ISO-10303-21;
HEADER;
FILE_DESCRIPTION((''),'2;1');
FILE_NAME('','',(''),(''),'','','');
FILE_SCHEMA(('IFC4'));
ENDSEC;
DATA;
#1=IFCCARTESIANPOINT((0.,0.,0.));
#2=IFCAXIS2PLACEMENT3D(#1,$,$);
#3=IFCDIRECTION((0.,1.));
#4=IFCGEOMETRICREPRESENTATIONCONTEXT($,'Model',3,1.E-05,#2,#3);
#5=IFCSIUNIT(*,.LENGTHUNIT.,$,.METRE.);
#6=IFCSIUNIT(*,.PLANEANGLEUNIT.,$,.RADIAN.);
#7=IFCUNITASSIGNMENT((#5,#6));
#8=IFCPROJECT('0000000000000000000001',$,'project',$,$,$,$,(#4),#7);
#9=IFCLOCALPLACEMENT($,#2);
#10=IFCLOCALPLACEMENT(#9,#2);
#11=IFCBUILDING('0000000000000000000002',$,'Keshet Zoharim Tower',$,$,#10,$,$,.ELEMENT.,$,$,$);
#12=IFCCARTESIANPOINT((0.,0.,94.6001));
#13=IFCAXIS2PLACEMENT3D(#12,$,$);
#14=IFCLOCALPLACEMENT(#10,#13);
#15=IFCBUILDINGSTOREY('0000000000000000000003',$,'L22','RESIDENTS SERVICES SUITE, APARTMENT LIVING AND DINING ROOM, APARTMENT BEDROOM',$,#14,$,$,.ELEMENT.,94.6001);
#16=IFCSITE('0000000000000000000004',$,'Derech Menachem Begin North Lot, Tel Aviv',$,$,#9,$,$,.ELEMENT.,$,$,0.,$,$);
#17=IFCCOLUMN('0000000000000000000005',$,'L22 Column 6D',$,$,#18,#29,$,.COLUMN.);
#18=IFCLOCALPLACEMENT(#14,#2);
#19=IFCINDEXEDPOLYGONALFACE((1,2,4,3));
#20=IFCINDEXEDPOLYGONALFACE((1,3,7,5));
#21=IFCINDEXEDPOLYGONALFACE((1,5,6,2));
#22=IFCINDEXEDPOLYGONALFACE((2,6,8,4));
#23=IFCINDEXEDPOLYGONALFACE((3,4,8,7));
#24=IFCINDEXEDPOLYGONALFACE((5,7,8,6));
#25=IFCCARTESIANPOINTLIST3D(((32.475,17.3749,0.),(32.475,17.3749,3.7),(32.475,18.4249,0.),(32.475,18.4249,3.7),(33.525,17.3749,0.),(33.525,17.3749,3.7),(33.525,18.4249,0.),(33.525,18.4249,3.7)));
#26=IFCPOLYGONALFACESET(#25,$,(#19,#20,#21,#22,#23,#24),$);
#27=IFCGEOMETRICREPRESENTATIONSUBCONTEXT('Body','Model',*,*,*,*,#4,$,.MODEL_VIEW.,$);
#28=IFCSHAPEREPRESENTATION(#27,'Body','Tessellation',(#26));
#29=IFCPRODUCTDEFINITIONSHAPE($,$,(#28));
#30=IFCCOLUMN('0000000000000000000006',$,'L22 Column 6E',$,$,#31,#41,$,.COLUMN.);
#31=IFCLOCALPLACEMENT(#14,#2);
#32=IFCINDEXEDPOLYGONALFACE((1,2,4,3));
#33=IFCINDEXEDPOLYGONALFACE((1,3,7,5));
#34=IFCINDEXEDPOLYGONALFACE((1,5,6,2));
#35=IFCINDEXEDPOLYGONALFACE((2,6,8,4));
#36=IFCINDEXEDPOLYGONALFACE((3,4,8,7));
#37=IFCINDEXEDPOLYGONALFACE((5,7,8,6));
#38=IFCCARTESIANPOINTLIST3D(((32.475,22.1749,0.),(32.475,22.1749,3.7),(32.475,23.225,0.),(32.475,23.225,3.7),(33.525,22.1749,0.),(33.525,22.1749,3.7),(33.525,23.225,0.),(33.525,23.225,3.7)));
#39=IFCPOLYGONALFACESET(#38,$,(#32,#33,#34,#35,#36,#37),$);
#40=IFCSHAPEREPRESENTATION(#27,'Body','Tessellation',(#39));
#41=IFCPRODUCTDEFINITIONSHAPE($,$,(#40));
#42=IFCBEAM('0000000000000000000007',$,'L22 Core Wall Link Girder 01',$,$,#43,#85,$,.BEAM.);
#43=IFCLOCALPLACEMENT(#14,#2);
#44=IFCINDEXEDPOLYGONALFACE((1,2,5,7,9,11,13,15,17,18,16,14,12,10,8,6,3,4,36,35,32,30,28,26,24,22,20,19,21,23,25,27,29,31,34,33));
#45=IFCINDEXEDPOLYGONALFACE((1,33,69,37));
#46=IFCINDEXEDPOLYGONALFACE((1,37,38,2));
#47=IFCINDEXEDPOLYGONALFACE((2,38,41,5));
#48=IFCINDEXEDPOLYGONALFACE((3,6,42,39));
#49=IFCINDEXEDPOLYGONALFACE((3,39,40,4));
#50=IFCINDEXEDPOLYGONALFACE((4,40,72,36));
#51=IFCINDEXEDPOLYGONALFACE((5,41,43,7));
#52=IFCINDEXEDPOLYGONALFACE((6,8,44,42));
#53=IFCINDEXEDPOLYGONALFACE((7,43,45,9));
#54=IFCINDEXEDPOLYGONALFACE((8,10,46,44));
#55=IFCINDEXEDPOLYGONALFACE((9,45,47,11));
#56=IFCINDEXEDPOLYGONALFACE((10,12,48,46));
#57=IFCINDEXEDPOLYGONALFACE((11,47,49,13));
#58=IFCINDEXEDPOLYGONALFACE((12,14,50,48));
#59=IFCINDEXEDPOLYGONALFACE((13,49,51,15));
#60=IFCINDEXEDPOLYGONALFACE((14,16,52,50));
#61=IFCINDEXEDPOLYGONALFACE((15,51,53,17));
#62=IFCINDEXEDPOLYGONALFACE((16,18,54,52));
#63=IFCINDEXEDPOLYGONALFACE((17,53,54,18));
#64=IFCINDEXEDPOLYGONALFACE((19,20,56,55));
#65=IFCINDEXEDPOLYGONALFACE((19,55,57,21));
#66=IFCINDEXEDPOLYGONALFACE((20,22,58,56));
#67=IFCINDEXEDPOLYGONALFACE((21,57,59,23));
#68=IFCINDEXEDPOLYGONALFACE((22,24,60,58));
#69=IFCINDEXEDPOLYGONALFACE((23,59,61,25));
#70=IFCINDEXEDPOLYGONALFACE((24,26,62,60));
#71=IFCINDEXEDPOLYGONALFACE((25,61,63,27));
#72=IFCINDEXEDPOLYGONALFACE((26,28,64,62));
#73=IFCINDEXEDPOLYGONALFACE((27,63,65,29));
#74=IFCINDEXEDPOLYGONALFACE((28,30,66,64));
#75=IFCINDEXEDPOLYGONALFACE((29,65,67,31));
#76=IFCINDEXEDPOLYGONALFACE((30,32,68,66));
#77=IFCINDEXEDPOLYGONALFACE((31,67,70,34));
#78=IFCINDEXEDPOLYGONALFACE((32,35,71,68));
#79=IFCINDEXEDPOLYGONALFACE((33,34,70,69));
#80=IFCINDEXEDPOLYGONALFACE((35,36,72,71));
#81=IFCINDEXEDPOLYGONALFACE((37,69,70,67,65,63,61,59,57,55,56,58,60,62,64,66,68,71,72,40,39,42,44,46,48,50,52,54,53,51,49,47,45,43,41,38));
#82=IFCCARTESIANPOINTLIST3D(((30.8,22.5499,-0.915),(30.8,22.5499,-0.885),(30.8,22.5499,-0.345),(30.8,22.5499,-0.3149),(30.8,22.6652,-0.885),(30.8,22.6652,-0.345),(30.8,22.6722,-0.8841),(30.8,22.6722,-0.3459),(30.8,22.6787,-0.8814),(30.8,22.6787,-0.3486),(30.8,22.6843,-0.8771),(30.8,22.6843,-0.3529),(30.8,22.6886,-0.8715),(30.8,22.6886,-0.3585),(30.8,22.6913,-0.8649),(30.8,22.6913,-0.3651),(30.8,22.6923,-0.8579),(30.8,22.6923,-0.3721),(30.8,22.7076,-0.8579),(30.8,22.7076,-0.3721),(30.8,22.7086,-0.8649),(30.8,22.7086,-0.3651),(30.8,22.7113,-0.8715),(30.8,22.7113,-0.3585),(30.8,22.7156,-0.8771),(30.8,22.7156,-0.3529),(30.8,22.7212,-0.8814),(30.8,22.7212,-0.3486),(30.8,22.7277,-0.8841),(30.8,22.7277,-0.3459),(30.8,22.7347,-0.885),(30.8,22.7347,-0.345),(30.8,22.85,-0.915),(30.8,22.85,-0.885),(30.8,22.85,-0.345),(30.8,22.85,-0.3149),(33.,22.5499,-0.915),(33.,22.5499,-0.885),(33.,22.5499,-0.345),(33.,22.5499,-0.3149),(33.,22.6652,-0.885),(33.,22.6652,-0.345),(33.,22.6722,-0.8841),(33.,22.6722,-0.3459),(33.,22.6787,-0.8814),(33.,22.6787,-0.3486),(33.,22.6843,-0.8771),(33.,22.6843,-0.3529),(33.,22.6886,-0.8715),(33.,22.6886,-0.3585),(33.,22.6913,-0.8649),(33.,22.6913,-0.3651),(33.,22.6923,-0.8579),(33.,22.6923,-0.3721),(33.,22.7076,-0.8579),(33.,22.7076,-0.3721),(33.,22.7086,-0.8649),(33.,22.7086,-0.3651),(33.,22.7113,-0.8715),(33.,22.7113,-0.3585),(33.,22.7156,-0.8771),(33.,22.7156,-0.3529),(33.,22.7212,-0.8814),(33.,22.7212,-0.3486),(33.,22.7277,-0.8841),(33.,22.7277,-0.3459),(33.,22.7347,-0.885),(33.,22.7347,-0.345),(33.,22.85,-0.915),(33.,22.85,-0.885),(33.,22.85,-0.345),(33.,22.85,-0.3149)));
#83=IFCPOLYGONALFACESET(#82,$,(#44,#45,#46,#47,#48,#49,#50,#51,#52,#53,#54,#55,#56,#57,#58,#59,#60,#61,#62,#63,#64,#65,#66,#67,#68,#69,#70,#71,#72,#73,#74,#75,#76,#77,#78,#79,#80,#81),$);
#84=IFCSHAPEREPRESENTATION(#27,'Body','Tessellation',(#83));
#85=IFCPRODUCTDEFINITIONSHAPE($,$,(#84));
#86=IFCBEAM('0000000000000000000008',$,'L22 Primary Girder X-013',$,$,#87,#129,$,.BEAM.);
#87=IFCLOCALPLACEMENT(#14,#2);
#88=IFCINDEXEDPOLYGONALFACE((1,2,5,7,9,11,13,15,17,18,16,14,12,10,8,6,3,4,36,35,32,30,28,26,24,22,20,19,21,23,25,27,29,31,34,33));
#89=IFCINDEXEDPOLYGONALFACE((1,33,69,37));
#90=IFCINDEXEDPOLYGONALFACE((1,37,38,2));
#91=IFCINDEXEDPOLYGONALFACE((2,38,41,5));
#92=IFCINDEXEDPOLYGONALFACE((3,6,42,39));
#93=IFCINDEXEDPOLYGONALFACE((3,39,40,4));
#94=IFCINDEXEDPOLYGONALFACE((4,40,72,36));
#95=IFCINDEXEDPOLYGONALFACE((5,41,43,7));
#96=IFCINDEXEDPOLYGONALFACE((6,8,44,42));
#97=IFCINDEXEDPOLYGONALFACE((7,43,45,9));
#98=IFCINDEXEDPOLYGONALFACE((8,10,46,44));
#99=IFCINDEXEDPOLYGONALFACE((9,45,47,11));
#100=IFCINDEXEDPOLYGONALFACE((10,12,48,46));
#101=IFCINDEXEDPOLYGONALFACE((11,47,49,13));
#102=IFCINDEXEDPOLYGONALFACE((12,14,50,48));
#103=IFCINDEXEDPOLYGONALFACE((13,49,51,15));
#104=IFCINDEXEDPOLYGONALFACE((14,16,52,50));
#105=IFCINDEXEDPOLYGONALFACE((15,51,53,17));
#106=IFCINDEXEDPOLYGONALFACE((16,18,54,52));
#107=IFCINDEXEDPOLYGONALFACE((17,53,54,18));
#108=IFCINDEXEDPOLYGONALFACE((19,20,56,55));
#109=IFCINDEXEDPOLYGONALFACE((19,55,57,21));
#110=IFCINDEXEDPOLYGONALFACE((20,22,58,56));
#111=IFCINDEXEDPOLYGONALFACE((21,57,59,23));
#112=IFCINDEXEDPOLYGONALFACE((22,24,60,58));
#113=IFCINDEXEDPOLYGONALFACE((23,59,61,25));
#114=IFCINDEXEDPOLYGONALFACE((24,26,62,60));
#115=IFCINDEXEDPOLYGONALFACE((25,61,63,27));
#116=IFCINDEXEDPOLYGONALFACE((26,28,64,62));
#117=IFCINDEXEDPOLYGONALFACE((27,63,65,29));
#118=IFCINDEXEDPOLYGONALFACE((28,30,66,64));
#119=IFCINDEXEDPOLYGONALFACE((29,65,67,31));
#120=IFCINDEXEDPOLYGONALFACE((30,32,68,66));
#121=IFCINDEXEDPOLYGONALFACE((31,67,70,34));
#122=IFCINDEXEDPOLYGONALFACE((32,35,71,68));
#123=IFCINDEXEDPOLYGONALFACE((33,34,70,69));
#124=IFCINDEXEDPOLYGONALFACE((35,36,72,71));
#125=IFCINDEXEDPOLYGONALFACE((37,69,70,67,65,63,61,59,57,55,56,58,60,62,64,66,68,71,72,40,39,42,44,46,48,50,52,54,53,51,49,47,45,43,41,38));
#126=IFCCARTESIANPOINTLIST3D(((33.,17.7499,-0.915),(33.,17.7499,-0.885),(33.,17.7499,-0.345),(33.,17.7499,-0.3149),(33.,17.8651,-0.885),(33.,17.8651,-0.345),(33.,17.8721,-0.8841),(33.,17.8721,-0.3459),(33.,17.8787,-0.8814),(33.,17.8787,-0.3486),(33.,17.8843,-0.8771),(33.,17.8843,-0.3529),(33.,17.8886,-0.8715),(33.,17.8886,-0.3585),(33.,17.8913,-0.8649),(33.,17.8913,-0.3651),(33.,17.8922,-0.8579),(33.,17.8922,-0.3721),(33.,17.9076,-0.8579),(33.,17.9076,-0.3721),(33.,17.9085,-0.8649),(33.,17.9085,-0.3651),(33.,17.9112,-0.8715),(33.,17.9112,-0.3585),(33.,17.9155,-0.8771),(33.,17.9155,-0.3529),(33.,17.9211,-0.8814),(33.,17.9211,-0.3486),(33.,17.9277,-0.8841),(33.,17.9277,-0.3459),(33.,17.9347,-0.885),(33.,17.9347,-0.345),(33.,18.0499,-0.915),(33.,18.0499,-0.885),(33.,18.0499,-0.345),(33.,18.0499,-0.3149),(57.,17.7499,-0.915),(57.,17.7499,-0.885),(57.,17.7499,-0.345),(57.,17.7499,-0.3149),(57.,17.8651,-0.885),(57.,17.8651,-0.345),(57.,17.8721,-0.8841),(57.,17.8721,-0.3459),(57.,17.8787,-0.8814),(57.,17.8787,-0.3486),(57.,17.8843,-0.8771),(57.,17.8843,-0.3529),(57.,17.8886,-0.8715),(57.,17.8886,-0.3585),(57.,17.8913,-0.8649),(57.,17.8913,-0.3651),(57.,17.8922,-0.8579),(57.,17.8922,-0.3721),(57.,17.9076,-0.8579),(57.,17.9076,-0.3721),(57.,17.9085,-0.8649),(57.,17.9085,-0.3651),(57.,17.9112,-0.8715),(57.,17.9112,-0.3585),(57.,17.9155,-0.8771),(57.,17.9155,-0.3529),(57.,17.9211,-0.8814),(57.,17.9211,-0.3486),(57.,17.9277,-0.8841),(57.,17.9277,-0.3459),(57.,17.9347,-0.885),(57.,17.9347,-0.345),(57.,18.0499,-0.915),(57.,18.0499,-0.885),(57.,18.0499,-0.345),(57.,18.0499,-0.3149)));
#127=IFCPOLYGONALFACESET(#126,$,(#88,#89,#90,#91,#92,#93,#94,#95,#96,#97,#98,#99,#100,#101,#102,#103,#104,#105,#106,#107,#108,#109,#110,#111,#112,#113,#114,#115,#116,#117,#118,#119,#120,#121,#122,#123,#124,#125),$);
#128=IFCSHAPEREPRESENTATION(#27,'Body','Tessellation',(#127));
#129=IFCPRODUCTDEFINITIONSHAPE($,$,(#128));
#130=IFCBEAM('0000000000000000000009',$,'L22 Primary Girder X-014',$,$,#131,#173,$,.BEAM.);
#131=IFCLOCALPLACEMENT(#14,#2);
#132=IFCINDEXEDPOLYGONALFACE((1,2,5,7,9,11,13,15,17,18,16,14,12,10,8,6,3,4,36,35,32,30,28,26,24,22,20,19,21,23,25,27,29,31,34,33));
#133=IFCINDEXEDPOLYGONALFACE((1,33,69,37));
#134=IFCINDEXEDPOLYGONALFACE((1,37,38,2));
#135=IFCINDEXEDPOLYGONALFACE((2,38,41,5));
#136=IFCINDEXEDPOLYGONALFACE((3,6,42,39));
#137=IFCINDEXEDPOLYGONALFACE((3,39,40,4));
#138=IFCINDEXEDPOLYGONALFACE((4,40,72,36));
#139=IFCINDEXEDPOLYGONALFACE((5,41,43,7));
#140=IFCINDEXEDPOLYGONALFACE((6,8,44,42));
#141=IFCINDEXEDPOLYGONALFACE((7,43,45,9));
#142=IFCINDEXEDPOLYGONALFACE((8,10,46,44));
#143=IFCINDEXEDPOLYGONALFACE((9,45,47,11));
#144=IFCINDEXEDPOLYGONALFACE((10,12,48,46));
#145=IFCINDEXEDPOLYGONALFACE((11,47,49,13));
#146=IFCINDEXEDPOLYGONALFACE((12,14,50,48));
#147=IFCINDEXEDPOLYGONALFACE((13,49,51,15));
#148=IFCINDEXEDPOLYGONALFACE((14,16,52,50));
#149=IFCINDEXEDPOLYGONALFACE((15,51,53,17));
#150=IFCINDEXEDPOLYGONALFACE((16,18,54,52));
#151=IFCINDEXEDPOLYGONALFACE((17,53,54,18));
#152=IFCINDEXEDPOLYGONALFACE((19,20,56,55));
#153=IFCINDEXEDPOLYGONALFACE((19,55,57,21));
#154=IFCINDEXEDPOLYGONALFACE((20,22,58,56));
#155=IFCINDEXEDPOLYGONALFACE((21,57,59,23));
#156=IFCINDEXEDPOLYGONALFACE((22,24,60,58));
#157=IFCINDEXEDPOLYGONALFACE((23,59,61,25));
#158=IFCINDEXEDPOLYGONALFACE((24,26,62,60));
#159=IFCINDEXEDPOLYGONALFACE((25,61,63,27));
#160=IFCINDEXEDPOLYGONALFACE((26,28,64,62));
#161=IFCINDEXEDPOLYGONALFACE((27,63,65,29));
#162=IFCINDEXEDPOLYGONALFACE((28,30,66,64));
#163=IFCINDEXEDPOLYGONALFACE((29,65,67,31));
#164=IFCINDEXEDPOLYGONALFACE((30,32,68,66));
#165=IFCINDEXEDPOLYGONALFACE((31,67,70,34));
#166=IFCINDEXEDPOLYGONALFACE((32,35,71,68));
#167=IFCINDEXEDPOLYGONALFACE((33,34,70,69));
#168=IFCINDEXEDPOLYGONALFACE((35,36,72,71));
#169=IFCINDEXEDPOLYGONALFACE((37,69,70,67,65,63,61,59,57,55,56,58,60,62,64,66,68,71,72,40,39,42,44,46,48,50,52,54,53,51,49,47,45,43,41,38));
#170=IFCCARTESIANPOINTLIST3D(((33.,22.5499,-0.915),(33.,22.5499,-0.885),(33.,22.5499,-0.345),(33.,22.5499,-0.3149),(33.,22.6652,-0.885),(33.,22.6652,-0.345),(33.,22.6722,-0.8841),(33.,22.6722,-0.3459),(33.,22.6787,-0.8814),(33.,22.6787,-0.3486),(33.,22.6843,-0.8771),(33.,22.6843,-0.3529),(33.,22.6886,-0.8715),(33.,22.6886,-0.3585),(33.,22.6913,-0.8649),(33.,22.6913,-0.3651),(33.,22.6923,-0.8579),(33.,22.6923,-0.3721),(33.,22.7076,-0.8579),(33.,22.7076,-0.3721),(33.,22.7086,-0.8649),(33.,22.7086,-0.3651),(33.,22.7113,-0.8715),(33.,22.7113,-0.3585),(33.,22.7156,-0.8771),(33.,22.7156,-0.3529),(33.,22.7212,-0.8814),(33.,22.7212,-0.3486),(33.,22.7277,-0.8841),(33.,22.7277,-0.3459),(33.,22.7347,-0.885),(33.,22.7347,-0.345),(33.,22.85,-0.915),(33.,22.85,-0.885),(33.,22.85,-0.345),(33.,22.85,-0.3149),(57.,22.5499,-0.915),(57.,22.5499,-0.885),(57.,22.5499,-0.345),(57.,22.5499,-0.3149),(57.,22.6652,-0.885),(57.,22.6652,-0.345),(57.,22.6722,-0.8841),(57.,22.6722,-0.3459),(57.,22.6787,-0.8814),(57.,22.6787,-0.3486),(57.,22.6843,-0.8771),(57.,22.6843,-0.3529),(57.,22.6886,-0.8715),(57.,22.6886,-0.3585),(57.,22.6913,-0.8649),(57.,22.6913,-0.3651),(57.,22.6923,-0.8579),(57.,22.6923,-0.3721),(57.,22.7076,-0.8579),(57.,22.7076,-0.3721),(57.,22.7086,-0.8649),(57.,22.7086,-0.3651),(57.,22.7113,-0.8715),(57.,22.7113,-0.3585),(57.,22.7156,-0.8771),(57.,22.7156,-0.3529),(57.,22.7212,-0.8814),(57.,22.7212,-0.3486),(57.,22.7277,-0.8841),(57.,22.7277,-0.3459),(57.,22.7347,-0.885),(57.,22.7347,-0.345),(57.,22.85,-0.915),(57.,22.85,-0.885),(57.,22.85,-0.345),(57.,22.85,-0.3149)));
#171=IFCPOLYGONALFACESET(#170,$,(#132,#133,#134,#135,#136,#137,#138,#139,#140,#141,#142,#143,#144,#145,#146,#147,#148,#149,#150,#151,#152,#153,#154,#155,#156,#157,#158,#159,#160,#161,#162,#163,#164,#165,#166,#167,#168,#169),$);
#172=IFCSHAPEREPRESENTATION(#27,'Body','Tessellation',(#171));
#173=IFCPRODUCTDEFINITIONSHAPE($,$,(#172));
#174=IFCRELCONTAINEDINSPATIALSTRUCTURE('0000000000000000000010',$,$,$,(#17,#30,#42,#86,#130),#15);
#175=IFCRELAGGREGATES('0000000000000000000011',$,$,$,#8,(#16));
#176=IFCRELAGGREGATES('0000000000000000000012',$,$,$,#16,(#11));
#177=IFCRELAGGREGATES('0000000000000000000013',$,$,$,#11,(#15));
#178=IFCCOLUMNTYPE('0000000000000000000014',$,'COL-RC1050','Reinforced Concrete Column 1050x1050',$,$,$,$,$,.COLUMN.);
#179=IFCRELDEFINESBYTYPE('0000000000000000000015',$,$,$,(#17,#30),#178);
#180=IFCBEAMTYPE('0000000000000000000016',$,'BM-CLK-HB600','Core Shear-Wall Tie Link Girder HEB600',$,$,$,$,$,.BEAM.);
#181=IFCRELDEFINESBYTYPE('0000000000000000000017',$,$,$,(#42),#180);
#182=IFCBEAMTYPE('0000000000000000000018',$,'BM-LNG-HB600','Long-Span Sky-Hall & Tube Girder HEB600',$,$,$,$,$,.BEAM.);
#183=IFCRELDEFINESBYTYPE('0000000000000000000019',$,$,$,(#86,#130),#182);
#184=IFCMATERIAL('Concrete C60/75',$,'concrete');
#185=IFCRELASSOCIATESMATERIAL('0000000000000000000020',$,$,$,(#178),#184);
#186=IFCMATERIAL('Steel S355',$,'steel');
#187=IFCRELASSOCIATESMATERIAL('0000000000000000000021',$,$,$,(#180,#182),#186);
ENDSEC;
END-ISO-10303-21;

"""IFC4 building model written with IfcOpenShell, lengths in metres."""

from ifc_helpers import new_model, si_unit, direction, frame, origin, origin_2d, place, context, subcontext, project, spatial, rectangle, i_section, extrude, material, material_profile, profile_set, type_object, element, save


model = new_model("IFC4")

# Units and contexts
model_context = context("Model", 3, precision=1e-05, world=origin(), true_north=direction((0.0, 1.0)))
body_context = subcontext(model_context, "Body", "Model", "MODEL_VIEW")
ifc_project = project(units=[si_unit("LENGTHUNIT", "METRE"), si_unit("PLANEANGLEUNIT", "RADIAN")], contexts=[model_context])

# Site, building, storey
site_placement = place(None, origin())
site = spatial("IfcSite", under=ifc_project, at=site_placement, Name="Derech Menachem Begin North Lot, Tel Aviv", CompositionType="ELEMENT", RefElevation=0.0)
building_placement = place(site_placement, origin())
building = spatial("IfcBuilding", under=site, at=building_placement, Name="Keshet Zoharim Tower", CompositionType="ELEMENT")
storey_placement = place(building_placement, frame((0.0, 0.0, 94.6001)))
storey = spatial("IfcBuildingStorey", under=building, at=storey_placement, Name="L22", Description="RESIDENTS SERVICES SUITE, APARTMENT LIVING AND DINING ROOM, APARTMENT BEDROOM", CompositionType="ELEMENT", Elevation=94.6001)

# Columns
ifc_material_1 = material(Name="Concrete C60/75", Category="concrete")
ifc_material_profile_1 = material_profile(ifc_material_1, rectangle(XDim=1.05, YDim=1.05, at=origin_2d()), Name="RC1050x1050")
ifc_profile_set_1 = profile_set([ifc_material_profile_1], Name="Concrete C60/75")
column_type = type_object("IfcColumnType", Name="COL-RC1050", Description="Reinforced Concrete Column 1050x1050", PredefinedType="COLUMN", material=ifc_profile_set_1)
for number, where, z_axis, x_axis, name in (
    (1, (33.0, 17.8999, 0.0), (0.0, 0.0, 1.0), (1.0, 0.0, 0.0), "L22 Column 6D"),
    (2, (33.0, 22.7, 0.0), (0.0, 0.0, 1.0), (1.0, 0.0, 0.0), "L22 Column 6E"),
):
    element("IfcColumn", number, at=place(storey_placement, frame(where, z_axis=z_axis, x_axis=x_axis)), inside=storey, type_object=column_type, Name=name, PredefinedType="COLUMN", context=body_context, shape_type="SweptSolid", body=[
        extrude(rectangle(XDim=1.05, YDim=1.05, at=origin_2d()), origin(), (0.0, 0.0, 1.0), 3.7),
    ])

# Beams
ifc_material_2 = material(Name="Steel S355", Category="steel")
ifc_material_profile_2 = material_profile(ifc_material_2, i_section(OverallWidth=0.3, OverallDepth=0.6001, WebThickness=0.0154, FlangeThickness=0.03, FilletRadius=0.0271, at=origin_2d()), Name="HEB600")
ifc_profile_set_2 = profile_set([ifc_material_profile_2], Name="Steel S355")
beam_type_1 = type_object("IfcBeamType", Name="BM-CLK-HB600", Description="Core Shear-Wall Tie Link Girder HEB600", PredefinedType="BEAM", material=ifc_profile_set_2)
beam_1_placement = place(storey_placement, frame((30.8, 22.7, -0.615), z_axis=(1.0, 0.0, 0.0), x_axis=(0.0, 1.0, 0.0)))
element("IfcBeam", 3, at=beam_1_placement, inside=storey, type_object=beam_type_1, Name="L22 Core Wall Link Girder 01", PredefinedType="BEAM", context=body_context, shape_type="SweptSolid", body=[
    extrude(i_section(OverallWidth=0.3, OverallDepth=0.6001, WebThickness=0.0154, FlangeThickness=0.03, FilletRadius=0.0271, at=origin_2d()), origin(), (0.0, 0.0, 1.0), 2.2),
])
ifc_material_profile_3 = material_profile(ifc_material_2, i_section(OverallWidth=0.3, OverallDepth=0.6001, WebThickness=0.0154, FlangeThickness=0.03, FilletRadius=0.0271, at=origin_2d()), Name="HEB600")
ifc_profile_set_3 = profile_set([ifc_material_profile_3], Name="Steel S355")
beam_type_2 = type_object("IfcBeamType", Name="BM-LNG-HB600", Description="Long-Span Sky-Hall & Tube Girder HEB600", PredefinedType="BEAM", material=ifc_profile_set_3)
for number, where, z_axis, x_axis, name in (
    (4, (33.0, 17.8999, -0.615), (1.0, 0.0, 0.0), (0.0, 1.0, 0.0), "L22 Primary Girder X-013"),
    (5, (33.0, 22.7, -0.615), (1.0, 0.0, 0.0), (0.0, 1.0, 0.0), "L22 Primary Girder X-014"),
):
    element("IfcBeam", number, at=place(storey_placement, frame(where, z_axis=z_axis, x_axis=x_axis)), inside=storey, type_object=beam_type_2, Name=name, PredefinedType="BEAM", context=body_context, shape_type="SweptSolid", body=[
        extrude(i_section(OverallWidth=0.3, OverallDepth=0.6001, WebThickness=0.0154, FlangeThickness=0.03, FilletRadius=0.0271, at=origin_2d()), origin(), (0.0, 0.0, 1.0), 24.0),
    ])

save(model, "model.ifc")
